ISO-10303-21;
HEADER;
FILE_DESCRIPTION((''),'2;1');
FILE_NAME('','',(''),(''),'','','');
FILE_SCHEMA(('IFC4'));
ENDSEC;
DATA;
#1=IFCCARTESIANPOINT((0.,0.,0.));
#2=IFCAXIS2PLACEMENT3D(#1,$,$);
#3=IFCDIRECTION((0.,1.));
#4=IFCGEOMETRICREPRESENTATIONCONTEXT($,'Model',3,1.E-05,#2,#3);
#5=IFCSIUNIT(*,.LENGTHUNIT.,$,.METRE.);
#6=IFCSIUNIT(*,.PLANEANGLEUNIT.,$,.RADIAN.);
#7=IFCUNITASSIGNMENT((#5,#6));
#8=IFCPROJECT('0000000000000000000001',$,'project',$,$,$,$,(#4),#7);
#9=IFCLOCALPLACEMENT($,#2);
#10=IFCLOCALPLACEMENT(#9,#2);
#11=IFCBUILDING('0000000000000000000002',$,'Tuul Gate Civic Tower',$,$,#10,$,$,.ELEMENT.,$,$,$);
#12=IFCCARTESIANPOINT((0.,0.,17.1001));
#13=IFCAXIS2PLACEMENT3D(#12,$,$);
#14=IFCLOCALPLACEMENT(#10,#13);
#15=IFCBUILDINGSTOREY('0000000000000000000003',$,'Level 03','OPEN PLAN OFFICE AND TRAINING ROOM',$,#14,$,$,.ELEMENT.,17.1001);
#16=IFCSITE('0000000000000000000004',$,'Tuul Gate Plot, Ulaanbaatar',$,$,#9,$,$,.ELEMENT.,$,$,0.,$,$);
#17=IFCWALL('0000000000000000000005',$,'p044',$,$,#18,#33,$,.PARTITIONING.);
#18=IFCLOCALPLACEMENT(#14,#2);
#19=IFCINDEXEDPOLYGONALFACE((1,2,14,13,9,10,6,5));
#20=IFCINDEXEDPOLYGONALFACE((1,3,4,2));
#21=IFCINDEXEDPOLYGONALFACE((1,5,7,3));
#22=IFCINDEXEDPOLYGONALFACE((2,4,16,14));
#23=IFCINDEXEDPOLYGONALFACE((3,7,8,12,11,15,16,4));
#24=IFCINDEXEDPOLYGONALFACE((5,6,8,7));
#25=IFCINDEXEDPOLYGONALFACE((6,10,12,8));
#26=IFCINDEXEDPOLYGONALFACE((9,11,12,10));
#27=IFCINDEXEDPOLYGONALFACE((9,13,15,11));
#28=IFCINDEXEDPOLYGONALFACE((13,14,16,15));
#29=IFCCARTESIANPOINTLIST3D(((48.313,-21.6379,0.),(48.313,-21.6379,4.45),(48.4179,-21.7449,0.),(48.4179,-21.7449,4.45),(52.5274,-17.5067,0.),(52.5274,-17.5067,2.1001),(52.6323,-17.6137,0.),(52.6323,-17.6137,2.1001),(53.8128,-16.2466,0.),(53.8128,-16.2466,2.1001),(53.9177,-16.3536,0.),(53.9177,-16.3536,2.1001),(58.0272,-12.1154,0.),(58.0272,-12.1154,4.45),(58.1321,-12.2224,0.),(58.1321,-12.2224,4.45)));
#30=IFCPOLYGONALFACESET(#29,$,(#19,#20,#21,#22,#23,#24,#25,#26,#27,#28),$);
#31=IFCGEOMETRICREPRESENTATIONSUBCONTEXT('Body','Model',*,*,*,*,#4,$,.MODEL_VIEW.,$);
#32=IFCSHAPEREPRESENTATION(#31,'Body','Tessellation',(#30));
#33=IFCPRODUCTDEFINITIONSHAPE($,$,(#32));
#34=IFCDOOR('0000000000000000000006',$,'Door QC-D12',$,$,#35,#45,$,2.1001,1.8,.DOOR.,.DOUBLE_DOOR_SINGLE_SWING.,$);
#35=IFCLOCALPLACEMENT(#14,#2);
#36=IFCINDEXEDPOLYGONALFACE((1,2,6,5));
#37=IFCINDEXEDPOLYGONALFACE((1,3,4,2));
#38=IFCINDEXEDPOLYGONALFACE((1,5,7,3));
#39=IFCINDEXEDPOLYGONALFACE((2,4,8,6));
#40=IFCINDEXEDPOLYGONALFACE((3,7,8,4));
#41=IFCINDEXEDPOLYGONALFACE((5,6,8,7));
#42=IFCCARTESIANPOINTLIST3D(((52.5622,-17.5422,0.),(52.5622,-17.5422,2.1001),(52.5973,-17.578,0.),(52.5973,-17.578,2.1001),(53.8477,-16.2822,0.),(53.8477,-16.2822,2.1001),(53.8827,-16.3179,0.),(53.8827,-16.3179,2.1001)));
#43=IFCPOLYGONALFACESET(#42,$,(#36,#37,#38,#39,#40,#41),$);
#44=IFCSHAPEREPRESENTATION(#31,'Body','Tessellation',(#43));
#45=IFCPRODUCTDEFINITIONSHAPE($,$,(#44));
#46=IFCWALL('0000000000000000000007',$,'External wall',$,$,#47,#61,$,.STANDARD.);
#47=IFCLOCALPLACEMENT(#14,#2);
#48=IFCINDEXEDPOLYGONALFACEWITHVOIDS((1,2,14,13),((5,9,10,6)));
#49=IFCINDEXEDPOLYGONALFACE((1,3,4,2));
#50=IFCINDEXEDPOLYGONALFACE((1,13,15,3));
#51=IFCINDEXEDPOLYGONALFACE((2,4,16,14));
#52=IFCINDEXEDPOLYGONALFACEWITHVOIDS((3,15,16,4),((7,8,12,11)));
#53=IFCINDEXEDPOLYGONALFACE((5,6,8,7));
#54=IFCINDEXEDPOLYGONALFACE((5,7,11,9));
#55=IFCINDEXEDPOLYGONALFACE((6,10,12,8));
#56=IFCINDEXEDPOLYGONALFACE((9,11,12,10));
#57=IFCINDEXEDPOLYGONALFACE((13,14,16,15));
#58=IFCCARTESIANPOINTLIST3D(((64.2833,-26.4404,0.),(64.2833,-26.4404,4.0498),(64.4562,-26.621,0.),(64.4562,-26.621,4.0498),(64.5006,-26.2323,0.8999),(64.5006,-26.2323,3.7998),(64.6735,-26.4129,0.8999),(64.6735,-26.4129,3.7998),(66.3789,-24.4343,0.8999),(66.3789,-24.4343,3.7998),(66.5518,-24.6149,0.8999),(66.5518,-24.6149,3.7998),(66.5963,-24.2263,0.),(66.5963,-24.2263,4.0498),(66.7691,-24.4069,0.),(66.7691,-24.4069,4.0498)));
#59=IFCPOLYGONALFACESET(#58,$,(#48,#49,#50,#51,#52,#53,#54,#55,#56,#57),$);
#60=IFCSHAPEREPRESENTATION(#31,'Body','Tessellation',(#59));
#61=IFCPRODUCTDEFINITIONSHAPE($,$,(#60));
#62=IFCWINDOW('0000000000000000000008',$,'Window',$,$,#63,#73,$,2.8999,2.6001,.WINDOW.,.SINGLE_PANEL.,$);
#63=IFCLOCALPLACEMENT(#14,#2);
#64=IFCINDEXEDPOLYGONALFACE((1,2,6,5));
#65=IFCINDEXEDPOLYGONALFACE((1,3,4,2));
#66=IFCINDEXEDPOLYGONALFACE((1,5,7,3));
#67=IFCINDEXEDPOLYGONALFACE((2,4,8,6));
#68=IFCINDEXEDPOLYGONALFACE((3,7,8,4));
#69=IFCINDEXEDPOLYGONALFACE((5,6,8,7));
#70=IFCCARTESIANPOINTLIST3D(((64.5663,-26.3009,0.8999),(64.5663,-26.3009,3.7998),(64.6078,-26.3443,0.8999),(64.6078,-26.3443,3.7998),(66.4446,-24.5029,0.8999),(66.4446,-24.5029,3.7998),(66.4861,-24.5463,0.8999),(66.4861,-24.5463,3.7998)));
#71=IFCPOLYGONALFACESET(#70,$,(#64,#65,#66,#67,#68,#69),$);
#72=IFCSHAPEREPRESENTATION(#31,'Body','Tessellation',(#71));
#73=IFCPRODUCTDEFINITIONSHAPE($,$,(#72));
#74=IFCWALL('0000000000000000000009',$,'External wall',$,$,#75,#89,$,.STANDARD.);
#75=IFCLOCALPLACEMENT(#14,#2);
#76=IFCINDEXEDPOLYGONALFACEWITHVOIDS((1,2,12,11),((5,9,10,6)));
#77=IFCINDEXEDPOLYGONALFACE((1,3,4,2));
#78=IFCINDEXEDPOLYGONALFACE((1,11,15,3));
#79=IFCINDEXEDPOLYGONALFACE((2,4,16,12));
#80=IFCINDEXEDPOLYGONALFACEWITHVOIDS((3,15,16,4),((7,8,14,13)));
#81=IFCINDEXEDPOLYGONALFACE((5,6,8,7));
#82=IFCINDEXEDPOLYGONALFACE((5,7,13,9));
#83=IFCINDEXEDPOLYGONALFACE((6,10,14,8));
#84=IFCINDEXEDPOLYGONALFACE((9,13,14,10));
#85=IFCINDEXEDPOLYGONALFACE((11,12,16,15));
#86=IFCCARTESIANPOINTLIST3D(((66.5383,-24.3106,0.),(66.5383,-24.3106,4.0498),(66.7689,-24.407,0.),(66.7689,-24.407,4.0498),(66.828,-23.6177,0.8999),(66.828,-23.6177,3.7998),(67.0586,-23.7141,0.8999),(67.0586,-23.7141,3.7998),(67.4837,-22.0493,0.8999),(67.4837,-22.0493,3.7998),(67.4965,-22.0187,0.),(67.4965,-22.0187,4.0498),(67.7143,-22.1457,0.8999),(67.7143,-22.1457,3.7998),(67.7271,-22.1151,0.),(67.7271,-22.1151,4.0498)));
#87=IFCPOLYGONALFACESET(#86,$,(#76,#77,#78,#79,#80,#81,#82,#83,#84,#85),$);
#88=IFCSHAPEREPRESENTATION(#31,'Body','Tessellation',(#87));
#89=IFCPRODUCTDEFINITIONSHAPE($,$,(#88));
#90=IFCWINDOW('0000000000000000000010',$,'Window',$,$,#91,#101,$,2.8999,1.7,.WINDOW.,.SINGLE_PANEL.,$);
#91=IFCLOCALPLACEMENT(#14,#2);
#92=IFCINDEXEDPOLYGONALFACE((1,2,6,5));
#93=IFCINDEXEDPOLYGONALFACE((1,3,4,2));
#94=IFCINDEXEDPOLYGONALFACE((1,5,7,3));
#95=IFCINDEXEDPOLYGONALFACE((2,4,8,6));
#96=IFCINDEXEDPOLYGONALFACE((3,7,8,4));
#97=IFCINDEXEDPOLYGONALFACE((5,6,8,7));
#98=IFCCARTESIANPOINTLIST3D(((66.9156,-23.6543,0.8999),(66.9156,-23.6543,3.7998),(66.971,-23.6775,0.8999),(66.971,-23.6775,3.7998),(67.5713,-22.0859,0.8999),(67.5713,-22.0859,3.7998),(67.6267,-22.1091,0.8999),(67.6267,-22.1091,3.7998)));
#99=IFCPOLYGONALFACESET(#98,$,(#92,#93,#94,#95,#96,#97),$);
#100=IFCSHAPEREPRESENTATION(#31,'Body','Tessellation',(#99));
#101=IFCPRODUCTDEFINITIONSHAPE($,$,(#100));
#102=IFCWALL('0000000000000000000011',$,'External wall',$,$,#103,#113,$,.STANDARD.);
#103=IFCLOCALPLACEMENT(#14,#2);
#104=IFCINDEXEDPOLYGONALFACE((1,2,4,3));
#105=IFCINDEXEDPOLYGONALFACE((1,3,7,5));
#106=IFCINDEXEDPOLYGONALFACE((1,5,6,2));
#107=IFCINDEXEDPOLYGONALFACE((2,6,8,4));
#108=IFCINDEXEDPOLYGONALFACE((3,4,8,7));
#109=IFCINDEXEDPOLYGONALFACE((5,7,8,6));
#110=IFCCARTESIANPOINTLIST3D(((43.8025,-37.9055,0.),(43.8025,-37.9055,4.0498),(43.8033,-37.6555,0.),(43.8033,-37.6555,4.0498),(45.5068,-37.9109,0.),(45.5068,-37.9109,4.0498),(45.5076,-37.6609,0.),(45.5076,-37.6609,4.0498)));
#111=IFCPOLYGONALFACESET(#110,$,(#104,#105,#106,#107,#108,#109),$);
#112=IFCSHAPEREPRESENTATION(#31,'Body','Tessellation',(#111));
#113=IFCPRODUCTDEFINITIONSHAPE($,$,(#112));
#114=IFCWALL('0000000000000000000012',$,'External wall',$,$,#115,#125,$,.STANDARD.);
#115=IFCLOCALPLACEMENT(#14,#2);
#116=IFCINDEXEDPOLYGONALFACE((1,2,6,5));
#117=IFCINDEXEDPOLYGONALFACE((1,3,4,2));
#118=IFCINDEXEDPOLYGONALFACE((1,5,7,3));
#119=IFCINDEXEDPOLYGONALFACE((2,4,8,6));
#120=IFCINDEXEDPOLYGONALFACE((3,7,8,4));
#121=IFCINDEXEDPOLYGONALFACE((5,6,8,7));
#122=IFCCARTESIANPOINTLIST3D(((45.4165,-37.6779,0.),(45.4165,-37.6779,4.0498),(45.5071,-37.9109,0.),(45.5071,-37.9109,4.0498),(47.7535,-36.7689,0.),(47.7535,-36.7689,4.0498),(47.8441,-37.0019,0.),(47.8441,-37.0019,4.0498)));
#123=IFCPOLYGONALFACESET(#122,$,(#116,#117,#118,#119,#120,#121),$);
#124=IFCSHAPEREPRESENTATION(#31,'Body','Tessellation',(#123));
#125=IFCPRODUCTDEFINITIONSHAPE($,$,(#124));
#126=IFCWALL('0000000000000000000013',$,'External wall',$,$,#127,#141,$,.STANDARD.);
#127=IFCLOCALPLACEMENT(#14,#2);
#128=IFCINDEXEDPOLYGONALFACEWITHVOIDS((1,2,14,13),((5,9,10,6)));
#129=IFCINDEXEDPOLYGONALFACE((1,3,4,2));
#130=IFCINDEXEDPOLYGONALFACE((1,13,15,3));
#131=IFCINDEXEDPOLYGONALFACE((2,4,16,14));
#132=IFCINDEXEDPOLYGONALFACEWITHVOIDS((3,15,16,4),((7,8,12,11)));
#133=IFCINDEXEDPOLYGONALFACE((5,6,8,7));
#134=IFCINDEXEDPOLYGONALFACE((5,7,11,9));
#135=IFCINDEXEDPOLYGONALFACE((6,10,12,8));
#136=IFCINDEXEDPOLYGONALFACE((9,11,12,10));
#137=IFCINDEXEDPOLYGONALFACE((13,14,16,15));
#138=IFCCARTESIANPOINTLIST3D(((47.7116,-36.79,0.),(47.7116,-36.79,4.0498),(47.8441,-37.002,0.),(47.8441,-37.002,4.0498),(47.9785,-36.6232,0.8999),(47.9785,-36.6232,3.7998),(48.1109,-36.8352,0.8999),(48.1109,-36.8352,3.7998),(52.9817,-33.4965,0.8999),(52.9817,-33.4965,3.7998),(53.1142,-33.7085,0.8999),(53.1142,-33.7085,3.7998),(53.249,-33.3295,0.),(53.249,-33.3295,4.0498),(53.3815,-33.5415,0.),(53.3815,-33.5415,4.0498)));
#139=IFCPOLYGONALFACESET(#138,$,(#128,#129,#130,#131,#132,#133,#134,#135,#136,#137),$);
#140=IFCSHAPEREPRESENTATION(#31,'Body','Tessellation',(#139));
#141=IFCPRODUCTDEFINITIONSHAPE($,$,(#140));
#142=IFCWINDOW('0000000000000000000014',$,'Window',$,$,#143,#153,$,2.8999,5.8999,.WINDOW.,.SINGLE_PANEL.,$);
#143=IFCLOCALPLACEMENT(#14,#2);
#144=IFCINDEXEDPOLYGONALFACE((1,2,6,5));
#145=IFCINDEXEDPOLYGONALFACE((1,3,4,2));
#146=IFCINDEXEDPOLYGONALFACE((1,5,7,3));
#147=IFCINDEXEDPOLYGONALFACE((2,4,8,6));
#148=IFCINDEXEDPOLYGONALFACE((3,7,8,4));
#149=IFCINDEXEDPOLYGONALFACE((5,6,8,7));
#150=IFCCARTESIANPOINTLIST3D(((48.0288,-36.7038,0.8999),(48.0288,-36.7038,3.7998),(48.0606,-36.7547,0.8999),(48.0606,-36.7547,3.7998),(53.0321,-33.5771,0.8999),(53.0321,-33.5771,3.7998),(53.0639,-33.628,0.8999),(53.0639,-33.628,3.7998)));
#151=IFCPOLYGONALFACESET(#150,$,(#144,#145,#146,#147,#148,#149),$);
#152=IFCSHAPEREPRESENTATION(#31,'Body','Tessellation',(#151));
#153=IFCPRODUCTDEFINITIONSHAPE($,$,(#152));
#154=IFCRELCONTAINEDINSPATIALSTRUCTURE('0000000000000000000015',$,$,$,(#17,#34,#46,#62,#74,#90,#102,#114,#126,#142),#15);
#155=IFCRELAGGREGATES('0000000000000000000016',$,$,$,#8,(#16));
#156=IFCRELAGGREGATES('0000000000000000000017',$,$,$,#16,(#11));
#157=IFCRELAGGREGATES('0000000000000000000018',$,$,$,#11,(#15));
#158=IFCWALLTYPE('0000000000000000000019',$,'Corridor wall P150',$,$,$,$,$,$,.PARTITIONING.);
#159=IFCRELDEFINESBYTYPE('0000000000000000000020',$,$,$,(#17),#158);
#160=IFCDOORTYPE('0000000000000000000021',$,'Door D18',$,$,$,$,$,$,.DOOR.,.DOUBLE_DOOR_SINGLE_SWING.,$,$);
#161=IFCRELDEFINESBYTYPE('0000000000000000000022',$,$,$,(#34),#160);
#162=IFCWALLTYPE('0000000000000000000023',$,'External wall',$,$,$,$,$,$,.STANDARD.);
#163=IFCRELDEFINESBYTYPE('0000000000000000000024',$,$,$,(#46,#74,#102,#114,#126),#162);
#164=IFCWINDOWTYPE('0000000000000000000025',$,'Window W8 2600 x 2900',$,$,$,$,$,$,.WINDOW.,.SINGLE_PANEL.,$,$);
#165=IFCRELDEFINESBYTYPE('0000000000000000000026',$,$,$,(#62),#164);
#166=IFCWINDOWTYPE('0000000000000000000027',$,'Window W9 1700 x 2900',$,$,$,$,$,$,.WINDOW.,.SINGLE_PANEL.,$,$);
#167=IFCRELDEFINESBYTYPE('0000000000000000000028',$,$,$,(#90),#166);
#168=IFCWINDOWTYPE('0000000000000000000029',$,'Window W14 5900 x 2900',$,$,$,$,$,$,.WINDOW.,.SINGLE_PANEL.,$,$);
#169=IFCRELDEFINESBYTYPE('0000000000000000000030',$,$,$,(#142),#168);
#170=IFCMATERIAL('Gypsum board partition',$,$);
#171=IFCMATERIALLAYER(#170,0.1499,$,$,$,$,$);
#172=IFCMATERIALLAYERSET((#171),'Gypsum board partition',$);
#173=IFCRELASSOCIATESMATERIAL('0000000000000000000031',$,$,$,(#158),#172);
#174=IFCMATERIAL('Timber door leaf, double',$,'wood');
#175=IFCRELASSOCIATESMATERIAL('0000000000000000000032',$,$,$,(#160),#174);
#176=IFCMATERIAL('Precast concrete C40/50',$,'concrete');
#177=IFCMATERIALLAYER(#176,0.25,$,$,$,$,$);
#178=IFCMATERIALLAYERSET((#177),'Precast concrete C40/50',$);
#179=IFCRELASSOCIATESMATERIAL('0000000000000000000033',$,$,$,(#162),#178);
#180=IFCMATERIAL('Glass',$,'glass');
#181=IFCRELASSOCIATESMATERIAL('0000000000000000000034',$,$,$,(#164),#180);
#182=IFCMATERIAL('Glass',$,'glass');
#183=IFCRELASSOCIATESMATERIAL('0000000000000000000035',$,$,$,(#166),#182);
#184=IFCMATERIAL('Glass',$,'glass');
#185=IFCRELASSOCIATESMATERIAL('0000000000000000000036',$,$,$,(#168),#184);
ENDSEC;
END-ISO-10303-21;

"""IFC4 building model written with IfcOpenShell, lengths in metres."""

from ifc_helpers import new_model, si_unit, direction, frame, frame_2d, origin, place, context, subcontext, project, spatial, rectangle, extrude, material, layer, layer_set, type_object, element, fill, save


model = new_model("IFC4")

# Units and contexts
model_context = context("Model", 3, precision=1e-05, world=origin(), true_north=direction((0.0, 1.0)))
body_context = subcontext(model_context, "Body", "Model", "MODEL_VIEW")
ifc_project = project(units=[si_unit("LENGTHUNIT", "METRE"), si_unit("PLANEANGLEUNIT", "RADIAN")], contexts=[model_context])

# Site, building, storey
site_placement = place(None, origin())
site = spatial("IfcSite", under=ifc_project, at=site_placement, Name="Tuul Gate Plot, Ulaanbaatar", CompositionType="ELEMENT", RefElevation=0.0)
building_placement = place(site_placement, origin())
building = spatial("IfcBuilding", under=site, at=building_placement, Name="Tuul Gate Civic Tower", CompositionType="ELEMENT")
storey_placement = place(building_placement, frame((0.0, 0.0, 17.1001)))
storey = spatial("IfcBuildingStorey", under=building, at=storey_placement, Name="Level 03", Description="OPEN PLAN OFFICE AND TRAINING ROOM", CompositionType="ELEMENT", Elevation=17.1001)

# Shared definitions
ifc_material_1 = material(Name="Gypsum board partition")
ifc_layer_1 = layer(ifc_material_1, 0.1499)
ifc_layer_set_1 = layer_set([ifc_layer_1], Name="Gypsum board partition")
wall_type_1 = type_object("IfcWallType", Name="Corridor wall P150", PredefinedType="PARTITIONING", material=ifc_layer_set_1)

# Wall, opening, door
wall_1_placement = place(storey_placement, frame((48.3655, -21.6914, 0.0), z_axis=(0.0, 0.0, 1.0), x_axis=(0.714116, 0.700027, 0.0)))
wall_1 = element("IfcWall", 1, at=wall_1_placement, inside=storey, type_object=wall_type_1, Name="p044", PredefinedType="PARTITIONING", context=body_context, shape_type="SweptSolid", body=[
    extrude(rectangle(XDim=13.603, YDim=0.1499, at=frame_2d((6.8015, 0.0))), origin(), (0.0, 0.0, 1.0), 4.45),
])
opening_1_placement = place(wall_1_placement, frame((5.9016, 0.0, 0.0)))
opening_1 = element("IfcOpeningElement", 2, at=opening_1_placement, cuts=wall_1, PredefinedType="OPENING", context=body_context, shape_type="SweptSolid", body=[
    extrude(rectangle(XDim=1.8, YDim=2.1001, at=frame_2d((0.8999, 1.05))), frame((0.0, 0.085, 0.0), z_axis=(0.0, -1.0, 0.0), x_axis=(1.0, 0.0, 0.0)), (0.0, 0.0, 1.0), 0.1699),
])
ifc_material_2 = material(Name="Timber door leaf, double", Category="wood")
door_type = type_object("IfcDoorType", Name="Door D18", OperationType="DOUBLE_DOOR_SINGLE_SWING", PredefinedType="DOOR", material=ifc_material_2)
door_placement = place(opening_1_placement, frame((1.8, 0.0, 0.0), z_axis=(0.0, 0.0, 1.0), x_axis=(-1.0, 0.0, 0.0)))
door = element("IfcDoor", 3, at=door_placement, inside=storey, type_object=door_type, Name="Door QC-D12", OperationType="DOUBLE_DOOR_SINGLE_SWING", OverallHeight=2.1001, OverallWidth=1.8, PredefinedType="DOOR", context=body_context, shape_type="SweptSolid", body=[
    extrude(rectangle(XDim=1.8, YDim=2.1001, at=frame_2d((0.9001, 1.05))), frame((0.0, 0.0249, 0.0), z_axis=(0.0, -1.0, 0.0), x_axis=(1.0, 0.0, 0.0)), (0.0, 0.0, 1.0), 0.05),
])
fill(opening_1, door)

# Walls, openings, windows
ifc_material_3 = material(Name="Precast concrete C40/50", Category="concrete")
ifc_layer_2 = layer(ifc_material_3, 0.25)
ifc_layer_set_2 = layer_set([ifc_layer_2], Name="Precast concrete C40/50")
wall_type_2 = type_object("IfcWallType", Name="External wall", PredefinedType="STANDARD", material=ifc_layer_set_2)
wall_2_placement = place(storey_placement, frame((64.3696, -26.5308, 0.0), z_axis=(0.0, 0.0, 1.0), x_axis=(0.722379, 0.691498, 0.0)))
wall_2 = element("IfcWall", 4, at=wall_2_placement, inside=storey, type_object=wall_type_2, Name="External wall", PredefinedType="STANDARD", context=body_context, shape_type="SweptSolid", body=[
    extrude(rectangle(XDim=3.2019, YDim=0.25, at=frame_2d((1.6011, 0.0))), origin(), (0.0, 0.0, 1.0), 4.0498),
])
opening_2_placement = place(wall_2_placement, frame((0.301, 0.0, 0.8999)))
opening_2 = element("IfcOpeningElement", 5, at=opening_2_placement, cuts=wall_2, PredefinedType="OPENING", context=body_context, shape_type="SweptSolid", body=[
    extrude(rectangle(XDim=2.6001, YDim=2.8999, at=frame_2d((1.3, 1.45))), frame((0.0, 0.135, 0.0), z_axis=(0.0, -1.0, 0.0), x_axis=(1.0, 0.0, 0.0)), (0.0, 0.0, 1.0), 0.27),
])
ifc_material_4 = material(Name="Glass", Category="glass")
window_type_1 = type_object("IfcWindowType", Name="Window W8 2600 x 2900", PartitioningType="SINGLE_PANEL", PredefinedType="WINDOW", material=ifc_material_4)
window_1_placement = place(opening_2_placement, origin())
window_1 = element("IfcWindow", 6, at=window_1_placement, inside=storey, type_object=window_type_1, Name="Window", OverallHeight=2.8999, OverallWidth=2.6001, PartitioningType="SINGLE_PANEL", PredefinedType="WINDOW", context=body_context, shape_type="SweptSolid", body=[
    extrude(rectangle(XDim=2.6001, YDim=2.8999, at=frame_2d((1.3, 1.45))), frame((0.0, 0.03, 0.0), z_axis=(0.0, -1.0, 0.0), x_axis=(1.0, 0.0, 0.0)), (0.0, 0.0, 1.0), 0.0601),
])
fill(opening_2, window_1)
wall_3_placement = place(storey_placement, frame((66.6536, -24.3589, 0.0), z_axis=(0.0, 0.0, 1.0), x_axis=(0.385732, 0.922611, 0.0)))
wall_3 = element("IfcWall", 7, at=wall_3_placement, inside=storey, type_object=wall_type_2, Name="External wall", PredefinedType="STANDARD", context=body_context, shape_type="SweptSolid", body=[
    extrude(rectangle(XDim=2.4841, YDim=0.25, at=frame_2d((1.2422, 0.0))), origin(), (0.0, 0.0, 1.0), 4.0498),
])
opening_3_placement = place(wall_3_placement, frame((0.751, 0.0, 0.8999)))
opening_3 = element("IfcOpeningElement", 8, at=opening_3_placement, cuts=wall_3, PredefinedType="OPENING", context=body_context, shape_type="SweptSolid", body=[
    extrude(rectangle(XDim=1.7, YDim=2.8999, at=frame_2d((0.8501, 1.45))), frame((0.0, 0.135, 0.0), z_axis=(0.0, -1.0, 0.0), x_axis=(1.0, 0.0, 0.0)), (0.0, 0.0, 1.0), 0.27),
])
ifc_material_5 = material(Name="Glass", Category="glass")
window_type_2 = type_object("IfcWindowType", Name="Window W9 1700 x 2900", PartitioningType="SINGLE_PANEL", PredefinedType="WINDOW", material=ifc_material_5)
window_2_placement = place(opening_3_placement, origin())
window_2 = element("IfcWindow", 9, at=window_2_placement, inside=storey, type_object=window_type_2, Name="Window", OverallHeight=2.8999, OverallWidth=1.7, PartitioningType="SINGLE_PANEL", PredefinedType="WINDOW", context=body_context, shape_type="SweptSolid", body=[
    extrude(rectangle(XDim=1.7, YDim=2.8999, at=frame_2d((0.8501, 1.45))), frame((0.0, 0.03, 0.0), z_axis=(0.0, -1.0, 0.0), x_axis=(1.0, 0.0, 0.0)), (0.0, 0.0, 1.0), 0.0601),
])
fill(opening_3, window_2)

# Walls
wall_4_placement = place(storey_placement, frame((43.803, -37.7805, 0.0), z_axis=(0.0, 0.0, 1.0), x_axis=(0.999995, -0.003151, 0.0)))
element("IfcWall", 10, at=wall_4_placement, inside=storey, type_object=wall_type_2, Name="External wall", PredefinedType="STANDARD", context=body_context, shape_type="SweptSolid", body=[
    extrude(rectangle(XDim=1.7043, YDim=0.25, at=frame_2d((0.8521, 0.0))), origin(), (0.0, 0.0, 1.0), 4.0498),
])
wall_5_placement = place(storey_placement, frame((45.4617, -37.7944, 0.0), z_axis=(0.0, 0.0, 1.0), x_axis=(0.931986, 0.362493, 0.0)))
element("IfcWall", 11, at=wall_5_placement, inside=storey, type_object=wall_type_2, Name="External wall", PredefinedType="STANDARD", context=body_context, shape_type="SweptSolid", body=[
    extrude(rectangle(XDim=2.5076, YDim=0.25, at=frame_2d((1.2539, 0.0))), origin(), (0.0, 0.0, 1.0), 4.0498),
])

# Wall, opening, window
wall_6_placement = place(storey_placement, frame((47.7778, -36.896, 0.0), z_axis=(0.0, 0.0, 1.0), x_axis=(0.848026, 0.529955, 0.0)))
wall_6 = element("IfcWall", 12, at=wall_6_placement, inside=storey, type_object=wall_type_2, Name="External wall", PredefinedType="STANDARD", context=body_context, shape_type="SweptSolid", body=[
    extrude(rectangle(XDim=6.5298, YDim=0.25, at=frame_2d((3.2649, 0.0))), origin(), (0.0, 0.0, 1.0), 4.0498),
])
opening_4_placement = place(wall_6_placement, frame((0.3147, 0.0, 0.8999)))
opening_4 = element("IfcOpeningElement", 13, at=opening_4_placement, cuts=wall_6, PredefinedType="OPENING", context=body_context, shape_type="SweptSolid", body=[
    extrude(rectangle(XDim=5.8999, YDim=2.8999, at=frame_2d((2.95, 1.45))), frame((0.0, 0.135, 0.0), z_axis=(0.0, -1.0, 0.0), x_axis=(1.0, 0.0, 0.0)), (0.0, 0.0, 1.0), 0.27),
])
ifc_material_6 = material(Name="Glass", Category="glass")
window_type_3 = type_object("IfcWindowType", Name="Window W14 5900 x 2900", PartitioningType="SINGLE_PANEL", PredefinedType="WINDOW", material=ifc_material_6)
window_3_placement = place(opening_4_placement, origin())
window_3 = element("IfcWindow", 14, at=window_3_placement, inside=storey, type_object=window_type_3, Name="Window", OverallHeight=2.8999, OverallWidth=5.8999, PartitioningType="SINGLE_PANEL", PredefinedType="WINDOW", context=body_context, shape_type="SweptSolid", body=[
    extrude(rectangle(XDim=5.8999, YDim=2.8999, at=frame_2d((2.95, 1.45))), frame((0.0, 0.03, 0.0), z_axis=(0.0, -1.0, 0.0), x_axis=(1.0, 0.0, 0.0)), (0.0, 0.0, 1.0), 0.0601),
])
fill(opening_4, window_3)

save(model, "model.ifc")
